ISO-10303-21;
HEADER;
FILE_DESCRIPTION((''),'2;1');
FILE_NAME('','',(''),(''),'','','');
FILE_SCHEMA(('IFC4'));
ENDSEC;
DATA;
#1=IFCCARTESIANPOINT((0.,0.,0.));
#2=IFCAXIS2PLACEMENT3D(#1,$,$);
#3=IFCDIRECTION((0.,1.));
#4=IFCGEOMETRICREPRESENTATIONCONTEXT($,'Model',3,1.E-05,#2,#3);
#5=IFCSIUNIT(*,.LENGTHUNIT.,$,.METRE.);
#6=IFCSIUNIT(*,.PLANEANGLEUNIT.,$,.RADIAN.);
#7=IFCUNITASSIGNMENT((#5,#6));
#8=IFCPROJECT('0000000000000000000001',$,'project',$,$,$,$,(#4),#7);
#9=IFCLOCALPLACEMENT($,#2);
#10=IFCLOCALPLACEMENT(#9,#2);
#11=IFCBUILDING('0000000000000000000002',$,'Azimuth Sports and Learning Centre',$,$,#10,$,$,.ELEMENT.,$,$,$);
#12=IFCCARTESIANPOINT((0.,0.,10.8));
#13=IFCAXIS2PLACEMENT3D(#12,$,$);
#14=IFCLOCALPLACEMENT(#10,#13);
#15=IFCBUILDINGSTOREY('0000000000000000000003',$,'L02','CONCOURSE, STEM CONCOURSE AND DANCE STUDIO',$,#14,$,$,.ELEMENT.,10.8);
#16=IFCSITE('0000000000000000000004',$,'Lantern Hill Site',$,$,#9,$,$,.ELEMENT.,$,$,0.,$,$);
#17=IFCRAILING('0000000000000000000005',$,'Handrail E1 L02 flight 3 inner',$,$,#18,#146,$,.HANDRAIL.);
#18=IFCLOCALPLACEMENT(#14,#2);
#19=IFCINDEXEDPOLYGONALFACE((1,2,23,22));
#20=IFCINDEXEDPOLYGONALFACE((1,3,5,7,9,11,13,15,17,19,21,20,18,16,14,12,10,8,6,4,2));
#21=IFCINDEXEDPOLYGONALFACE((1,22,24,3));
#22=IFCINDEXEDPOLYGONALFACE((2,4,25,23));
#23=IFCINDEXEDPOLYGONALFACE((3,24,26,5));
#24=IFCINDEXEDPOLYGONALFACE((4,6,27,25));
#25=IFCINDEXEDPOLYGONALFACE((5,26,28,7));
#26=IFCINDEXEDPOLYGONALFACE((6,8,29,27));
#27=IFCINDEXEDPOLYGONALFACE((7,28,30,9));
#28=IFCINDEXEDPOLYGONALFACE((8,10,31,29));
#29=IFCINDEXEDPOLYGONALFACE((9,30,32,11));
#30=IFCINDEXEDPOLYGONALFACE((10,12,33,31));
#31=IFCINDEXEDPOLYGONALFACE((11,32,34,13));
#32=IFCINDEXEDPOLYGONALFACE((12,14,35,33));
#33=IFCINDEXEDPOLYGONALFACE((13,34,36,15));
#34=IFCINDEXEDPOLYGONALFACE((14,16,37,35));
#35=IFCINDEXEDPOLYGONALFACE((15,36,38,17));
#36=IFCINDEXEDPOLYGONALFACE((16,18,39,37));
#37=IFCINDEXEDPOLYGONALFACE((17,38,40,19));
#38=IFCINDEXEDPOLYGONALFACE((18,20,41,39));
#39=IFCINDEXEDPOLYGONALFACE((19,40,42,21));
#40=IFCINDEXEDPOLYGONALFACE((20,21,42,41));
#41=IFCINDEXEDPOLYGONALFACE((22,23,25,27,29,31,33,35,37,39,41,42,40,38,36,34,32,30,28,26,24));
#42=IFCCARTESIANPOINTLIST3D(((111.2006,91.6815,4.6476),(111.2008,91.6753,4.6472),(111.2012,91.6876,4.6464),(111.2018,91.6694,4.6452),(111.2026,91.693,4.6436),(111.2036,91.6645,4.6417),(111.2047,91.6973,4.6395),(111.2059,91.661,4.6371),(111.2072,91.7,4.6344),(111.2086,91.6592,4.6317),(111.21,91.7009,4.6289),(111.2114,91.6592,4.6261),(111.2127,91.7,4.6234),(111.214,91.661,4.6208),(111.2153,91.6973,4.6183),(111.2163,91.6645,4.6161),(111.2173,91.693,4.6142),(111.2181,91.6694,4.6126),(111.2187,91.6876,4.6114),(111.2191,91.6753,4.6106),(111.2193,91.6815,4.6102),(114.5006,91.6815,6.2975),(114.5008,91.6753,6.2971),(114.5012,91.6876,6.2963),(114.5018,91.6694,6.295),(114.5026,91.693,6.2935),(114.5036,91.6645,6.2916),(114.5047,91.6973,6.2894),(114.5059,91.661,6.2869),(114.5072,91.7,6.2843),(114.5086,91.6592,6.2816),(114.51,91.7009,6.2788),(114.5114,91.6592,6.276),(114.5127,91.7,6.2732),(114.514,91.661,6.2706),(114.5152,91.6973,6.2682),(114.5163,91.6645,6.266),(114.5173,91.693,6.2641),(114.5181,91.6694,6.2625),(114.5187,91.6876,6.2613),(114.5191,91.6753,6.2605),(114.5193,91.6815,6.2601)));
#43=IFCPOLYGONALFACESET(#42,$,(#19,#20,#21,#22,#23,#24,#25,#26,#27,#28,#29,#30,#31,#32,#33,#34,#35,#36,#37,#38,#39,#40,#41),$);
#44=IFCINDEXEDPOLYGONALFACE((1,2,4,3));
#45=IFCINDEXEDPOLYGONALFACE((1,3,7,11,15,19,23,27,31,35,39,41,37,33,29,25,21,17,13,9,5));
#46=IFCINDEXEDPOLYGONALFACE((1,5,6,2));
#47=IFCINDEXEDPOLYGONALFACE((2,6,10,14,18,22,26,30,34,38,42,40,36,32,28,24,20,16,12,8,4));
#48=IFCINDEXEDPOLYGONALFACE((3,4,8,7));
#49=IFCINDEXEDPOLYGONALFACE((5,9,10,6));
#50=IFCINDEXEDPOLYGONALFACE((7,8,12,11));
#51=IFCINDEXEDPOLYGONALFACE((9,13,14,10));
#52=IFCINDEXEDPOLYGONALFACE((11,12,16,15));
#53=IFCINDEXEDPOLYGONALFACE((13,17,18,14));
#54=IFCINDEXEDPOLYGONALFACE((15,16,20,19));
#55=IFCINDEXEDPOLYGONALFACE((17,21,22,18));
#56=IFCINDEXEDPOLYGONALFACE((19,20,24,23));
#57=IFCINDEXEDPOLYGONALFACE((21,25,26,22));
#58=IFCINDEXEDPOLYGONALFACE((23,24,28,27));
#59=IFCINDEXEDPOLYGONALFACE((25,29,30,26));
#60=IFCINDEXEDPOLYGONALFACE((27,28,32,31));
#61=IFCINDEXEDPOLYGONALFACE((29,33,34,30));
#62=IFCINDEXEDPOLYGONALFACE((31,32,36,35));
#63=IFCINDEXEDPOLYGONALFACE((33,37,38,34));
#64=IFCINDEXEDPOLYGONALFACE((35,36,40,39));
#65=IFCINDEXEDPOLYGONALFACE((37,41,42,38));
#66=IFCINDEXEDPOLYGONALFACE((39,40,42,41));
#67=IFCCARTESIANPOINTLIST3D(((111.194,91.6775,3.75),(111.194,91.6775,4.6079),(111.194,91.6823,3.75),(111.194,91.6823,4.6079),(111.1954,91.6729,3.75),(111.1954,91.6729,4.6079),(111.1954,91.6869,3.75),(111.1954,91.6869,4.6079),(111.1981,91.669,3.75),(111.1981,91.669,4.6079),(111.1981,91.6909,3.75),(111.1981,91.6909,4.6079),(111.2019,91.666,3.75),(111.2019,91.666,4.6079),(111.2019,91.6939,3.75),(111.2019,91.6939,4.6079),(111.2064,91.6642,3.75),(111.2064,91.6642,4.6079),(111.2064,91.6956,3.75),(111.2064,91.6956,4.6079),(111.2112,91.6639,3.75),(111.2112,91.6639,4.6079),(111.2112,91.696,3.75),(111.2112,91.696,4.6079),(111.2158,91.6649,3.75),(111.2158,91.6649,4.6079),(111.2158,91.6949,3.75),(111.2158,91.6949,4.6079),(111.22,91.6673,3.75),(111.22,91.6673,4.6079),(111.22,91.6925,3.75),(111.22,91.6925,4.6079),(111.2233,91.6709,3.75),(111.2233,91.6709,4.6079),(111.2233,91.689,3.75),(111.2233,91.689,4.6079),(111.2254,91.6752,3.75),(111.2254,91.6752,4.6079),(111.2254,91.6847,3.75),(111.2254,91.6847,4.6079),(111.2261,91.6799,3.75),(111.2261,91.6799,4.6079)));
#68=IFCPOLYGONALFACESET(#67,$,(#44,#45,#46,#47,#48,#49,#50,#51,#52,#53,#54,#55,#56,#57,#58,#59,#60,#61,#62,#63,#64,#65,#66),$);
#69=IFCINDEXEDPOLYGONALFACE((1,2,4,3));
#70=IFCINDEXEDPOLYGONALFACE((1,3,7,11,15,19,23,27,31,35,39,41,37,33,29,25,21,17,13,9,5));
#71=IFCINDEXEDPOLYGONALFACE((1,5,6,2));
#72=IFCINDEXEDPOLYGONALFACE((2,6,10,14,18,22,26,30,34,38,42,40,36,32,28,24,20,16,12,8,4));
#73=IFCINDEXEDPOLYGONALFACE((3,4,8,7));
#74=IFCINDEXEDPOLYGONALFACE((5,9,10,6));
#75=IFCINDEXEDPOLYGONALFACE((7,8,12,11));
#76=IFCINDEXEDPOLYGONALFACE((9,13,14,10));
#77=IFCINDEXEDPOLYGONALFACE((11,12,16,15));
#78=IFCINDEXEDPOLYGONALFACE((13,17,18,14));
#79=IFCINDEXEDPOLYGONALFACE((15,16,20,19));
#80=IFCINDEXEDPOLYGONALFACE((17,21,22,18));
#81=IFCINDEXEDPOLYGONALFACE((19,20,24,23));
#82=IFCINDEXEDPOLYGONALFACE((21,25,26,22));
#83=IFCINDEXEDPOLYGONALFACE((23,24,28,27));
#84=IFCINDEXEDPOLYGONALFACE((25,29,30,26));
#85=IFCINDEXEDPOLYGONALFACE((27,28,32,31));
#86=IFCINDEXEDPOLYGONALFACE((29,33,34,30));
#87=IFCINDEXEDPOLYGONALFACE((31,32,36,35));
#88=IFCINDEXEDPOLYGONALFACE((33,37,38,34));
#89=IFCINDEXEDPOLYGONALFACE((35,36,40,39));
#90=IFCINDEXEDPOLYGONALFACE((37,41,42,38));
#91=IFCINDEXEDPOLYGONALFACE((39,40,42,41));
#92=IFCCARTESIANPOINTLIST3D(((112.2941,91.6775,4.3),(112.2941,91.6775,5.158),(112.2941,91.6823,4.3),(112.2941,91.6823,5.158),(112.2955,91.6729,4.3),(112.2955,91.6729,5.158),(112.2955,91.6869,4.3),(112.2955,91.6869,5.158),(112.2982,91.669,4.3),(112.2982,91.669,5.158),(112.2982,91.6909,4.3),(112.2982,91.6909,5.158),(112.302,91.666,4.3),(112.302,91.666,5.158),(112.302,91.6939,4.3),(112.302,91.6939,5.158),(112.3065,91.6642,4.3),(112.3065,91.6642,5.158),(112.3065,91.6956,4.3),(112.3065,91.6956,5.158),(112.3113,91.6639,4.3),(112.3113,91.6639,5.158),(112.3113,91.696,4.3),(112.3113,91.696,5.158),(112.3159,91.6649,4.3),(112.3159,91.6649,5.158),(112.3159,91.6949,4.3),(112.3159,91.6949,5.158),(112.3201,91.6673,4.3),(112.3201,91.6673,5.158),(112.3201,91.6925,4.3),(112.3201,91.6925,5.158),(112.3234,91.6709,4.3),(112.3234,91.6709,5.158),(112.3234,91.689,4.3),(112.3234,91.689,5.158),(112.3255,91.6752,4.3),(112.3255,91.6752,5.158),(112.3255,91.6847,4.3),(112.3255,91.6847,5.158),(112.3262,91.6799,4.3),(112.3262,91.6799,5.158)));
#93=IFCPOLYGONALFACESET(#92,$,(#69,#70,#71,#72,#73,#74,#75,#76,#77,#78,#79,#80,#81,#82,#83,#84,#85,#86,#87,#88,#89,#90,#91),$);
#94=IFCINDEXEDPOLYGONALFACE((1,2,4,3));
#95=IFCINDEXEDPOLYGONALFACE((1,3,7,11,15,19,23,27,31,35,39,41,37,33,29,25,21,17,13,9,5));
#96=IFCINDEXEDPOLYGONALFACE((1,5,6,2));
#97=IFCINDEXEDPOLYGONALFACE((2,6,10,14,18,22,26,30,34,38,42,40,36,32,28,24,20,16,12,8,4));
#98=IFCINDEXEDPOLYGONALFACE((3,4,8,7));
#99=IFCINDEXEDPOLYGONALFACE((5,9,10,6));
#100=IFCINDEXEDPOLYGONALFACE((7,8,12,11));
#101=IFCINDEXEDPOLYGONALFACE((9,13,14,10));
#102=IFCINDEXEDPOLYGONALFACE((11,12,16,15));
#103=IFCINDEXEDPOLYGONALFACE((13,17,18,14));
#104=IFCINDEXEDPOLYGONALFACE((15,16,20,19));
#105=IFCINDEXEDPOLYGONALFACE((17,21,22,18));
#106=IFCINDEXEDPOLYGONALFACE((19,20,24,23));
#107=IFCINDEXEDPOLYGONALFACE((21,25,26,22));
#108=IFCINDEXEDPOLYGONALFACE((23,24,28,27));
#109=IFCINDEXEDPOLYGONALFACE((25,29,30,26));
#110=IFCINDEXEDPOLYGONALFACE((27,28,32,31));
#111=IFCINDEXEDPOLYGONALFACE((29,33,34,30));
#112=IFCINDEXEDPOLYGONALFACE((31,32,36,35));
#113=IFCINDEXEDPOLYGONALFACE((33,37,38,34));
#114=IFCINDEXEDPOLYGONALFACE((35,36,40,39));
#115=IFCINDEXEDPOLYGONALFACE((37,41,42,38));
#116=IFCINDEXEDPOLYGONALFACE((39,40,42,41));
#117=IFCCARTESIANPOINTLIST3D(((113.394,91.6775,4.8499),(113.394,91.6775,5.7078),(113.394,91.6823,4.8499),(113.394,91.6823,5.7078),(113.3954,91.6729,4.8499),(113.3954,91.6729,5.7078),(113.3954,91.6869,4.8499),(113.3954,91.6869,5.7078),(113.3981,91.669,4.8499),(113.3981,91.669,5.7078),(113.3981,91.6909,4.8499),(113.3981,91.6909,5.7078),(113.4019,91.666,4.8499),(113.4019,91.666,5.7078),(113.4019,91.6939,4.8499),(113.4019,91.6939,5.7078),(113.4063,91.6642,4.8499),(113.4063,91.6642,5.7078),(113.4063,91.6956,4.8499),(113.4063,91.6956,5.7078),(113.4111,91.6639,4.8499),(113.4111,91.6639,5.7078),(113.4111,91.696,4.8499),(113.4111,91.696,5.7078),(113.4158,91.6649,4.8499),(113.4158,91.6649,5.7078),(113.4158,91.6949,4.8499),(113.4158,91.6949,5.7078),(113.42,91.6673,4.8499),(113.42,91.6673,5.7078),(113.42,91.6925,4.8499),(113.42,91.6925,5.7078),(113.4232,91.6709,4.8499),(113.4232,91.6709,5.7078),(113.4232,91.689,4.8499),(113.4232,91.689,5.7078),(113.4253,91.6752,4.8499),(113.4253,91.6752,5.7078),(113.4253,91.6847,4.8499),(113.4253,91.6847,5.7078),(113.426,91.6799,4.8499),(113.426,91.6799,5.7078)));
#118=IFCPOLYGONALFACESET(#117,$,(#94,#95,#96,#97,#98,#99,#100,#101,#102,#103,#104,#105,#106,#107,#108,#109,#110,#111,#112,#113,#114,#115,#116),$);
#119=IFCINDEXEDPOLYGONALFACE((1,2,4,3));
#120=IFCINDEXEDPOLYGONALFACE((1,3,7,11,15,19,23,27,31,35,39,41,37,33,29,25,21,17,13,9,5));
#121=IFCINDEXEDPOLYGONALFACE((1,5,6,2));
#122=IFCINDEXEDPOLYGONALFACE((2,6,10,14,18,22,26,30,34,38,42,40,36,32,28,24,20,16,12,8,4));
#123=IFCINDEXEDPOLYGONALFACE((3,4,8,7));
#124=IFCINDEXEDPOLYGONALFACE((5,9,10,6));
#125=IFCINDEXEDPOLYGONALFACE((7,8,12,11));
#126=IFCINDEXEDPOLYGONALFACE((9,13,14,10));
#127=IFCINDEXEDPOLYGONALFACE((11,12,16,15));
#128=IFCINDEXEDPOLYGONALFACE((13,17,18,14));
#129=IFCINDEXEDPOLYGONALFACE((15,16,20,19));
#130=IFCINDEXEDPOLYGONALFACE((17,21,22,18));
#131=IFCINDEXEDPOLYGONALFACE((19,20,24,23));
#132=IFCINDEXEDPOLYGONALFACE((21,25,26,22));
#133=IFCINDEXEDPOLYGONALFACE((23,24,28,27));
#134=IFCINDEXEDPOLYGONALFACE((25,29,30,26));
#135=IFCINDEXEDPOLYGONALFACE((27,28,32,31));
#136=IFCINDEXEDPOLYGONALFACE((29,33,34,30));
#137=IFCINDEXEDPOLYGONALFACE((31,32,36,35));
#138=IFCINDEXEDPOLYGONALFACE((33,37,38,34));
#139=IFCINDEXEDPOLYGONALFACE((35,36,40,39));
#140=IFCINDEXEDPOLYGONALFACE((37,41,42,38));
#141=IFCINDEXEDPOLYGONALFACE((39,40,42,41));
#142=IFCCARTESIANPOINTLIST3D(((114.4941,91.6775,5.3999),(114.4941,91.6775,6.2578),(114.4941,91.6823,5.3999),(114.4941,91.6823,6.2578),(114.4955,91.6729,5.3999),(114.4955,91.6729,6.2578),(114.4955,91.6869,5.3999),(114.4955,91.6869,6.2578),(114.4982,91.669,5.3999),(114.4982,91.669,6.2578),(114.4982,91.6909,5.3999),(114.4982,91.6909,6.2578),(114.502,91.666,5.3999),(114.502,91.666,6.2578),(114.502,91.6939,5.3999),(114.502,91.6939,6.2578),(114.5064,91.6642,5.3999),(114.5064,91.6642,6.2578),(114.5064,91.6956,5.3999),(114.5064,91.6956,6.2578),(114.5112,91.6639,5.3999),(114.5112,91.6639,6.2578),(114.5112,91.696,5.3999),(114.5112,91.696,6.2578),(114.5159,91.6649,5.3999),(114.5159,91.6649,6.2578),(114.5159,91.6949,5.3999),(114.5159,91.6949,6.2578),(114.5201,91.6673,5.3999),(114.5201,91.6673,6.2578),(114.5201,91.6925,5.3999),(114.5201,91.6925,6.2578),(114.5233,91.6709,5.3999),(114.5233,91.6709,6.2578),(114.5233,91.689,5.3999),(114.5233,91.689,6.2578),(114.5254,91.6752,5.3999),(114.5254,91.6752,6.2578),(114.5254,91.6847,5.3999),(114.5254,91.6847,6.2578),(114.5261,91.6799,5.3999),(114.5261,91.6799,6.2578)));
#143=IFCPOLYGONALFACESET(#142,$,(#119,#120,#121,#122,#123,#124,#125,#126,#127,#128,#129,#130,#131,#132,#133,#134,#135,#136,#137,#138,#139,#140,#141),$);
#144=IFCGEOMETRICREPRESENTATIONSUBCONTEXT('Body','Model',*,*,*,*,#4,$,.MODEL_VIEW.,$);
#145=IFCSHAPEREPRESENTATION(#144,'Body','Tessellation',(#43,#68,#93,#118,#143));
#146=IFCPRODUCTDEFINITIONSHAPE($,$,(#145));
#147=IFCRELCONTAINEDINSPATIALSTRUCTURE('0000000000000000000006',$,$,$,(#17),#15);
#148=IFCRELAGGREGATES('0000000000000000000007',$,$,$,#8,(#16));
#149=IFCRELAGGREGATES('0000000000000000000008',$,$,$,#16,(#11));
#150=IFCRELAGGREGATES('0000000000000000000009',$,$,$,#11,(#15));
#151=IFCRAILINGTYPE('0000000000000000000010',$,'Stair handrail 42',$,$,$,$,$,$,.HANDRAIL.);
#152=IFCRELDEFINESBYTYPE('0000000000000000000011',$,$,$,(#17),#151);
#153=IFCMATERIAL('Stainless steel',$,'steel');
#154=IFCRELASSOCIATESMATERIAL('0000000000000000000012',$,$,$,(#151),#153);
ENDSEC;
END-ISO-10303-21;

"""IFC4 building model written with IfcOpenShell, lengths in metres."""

from ifc_helpers import new_model, si_unit, direction, frame, origin, origin_2d, place, context, subcontext, project, spatial, circle, extrude, material, type_object, element, save


model = new_model("IFC4")

# Units and contexts
model_context = context("Model", 3, precision=1e-05, world=origin(), true_north=direction((0.0, 1.0)))
body_context = subcontext(model_context, "Body", "Model", "MODEL_VIEW")
ifc_project = project(units=[si_unit("LENGTHUNIT", "METRE"), si_unit("PLANEANGLEUNIT", "RADIAN")], contexts=[model_context])

# Site, building, storey
site_placement = place(None, origin())
site = spatial("IfcSite", under=ifc_project, at=site_placement, Name="Lantern Hill Site", CompositionType="ELEMENT", RefElevation=0.0)
building_placement = place(site_placement, origin())
building = spatial("IfcBuilding", under=site, at=building_placement, Name="Azimuth Sports and Learning Centre", CompositionType="ELEMENT")
storey_placement = place(building_placement, frame((0.0, 0.0, 10.8)))
storey = spatial("IfcBuildingStorey", under=building, at=storey_placement, Name="L02", Description="CONCOURSE, STEM CONCOURSE AND DANCE STUDIO", CompositionType="ELEMENT", Elevation=10.8)

# Railing
ifc_material_1 = material(Name="Stainless steel", Category="steel")
railing_type_1 = type_object("IfcRailingType", Name="Stair handrail 42", PredefinedType="HANDRAIL", material=ifc_material_1)
railing_1_placement = place(storey_placement, frame((111.21, 91.6799, 3.75)))
element("IfcRailing", 1, at=railing_1_placement, inside=storey, type_object=railing_type_1, Name="Handrail E1 L02 flight 3 inner", PredefinedType="HANDRAIL", context=body_context, shape_type="SweptSolid", body=[
    extrude(circle(Radius=0.021, at=origin_2d()), frame((0.0, 0.0, 0.8789), z_axis=(0.89444, 0.0, 0.447187), x_axis=(0.0, 1.0, 0.0)), (0.0, 0.0, 1.0), 3.6895),
    extrude(circle(Radius=0.0161, at=origin_2d()), origin(), (0.0, 0.0, 1.0), 0.8579),
    extrude(circle(Radius=0.0161, at=origin_2d()), frame((1.1001, 0.0, 0.55)), (0.0, 0.0, 1.0), 0.8579),
    extrude(circle(Radius=0.0161, at=origin_2d()), frame((2.2, 0.0, 1.0999)), (0.0, 0.0, 1.0), 0.8579),
    extrude(circle(Radius=0.0161, at=origin_2d()), frame((3.3, 0.0, 1.6499)), (0.0, 0.0, 1.0), 0.8579),
])

save(model, "model.ifc")
